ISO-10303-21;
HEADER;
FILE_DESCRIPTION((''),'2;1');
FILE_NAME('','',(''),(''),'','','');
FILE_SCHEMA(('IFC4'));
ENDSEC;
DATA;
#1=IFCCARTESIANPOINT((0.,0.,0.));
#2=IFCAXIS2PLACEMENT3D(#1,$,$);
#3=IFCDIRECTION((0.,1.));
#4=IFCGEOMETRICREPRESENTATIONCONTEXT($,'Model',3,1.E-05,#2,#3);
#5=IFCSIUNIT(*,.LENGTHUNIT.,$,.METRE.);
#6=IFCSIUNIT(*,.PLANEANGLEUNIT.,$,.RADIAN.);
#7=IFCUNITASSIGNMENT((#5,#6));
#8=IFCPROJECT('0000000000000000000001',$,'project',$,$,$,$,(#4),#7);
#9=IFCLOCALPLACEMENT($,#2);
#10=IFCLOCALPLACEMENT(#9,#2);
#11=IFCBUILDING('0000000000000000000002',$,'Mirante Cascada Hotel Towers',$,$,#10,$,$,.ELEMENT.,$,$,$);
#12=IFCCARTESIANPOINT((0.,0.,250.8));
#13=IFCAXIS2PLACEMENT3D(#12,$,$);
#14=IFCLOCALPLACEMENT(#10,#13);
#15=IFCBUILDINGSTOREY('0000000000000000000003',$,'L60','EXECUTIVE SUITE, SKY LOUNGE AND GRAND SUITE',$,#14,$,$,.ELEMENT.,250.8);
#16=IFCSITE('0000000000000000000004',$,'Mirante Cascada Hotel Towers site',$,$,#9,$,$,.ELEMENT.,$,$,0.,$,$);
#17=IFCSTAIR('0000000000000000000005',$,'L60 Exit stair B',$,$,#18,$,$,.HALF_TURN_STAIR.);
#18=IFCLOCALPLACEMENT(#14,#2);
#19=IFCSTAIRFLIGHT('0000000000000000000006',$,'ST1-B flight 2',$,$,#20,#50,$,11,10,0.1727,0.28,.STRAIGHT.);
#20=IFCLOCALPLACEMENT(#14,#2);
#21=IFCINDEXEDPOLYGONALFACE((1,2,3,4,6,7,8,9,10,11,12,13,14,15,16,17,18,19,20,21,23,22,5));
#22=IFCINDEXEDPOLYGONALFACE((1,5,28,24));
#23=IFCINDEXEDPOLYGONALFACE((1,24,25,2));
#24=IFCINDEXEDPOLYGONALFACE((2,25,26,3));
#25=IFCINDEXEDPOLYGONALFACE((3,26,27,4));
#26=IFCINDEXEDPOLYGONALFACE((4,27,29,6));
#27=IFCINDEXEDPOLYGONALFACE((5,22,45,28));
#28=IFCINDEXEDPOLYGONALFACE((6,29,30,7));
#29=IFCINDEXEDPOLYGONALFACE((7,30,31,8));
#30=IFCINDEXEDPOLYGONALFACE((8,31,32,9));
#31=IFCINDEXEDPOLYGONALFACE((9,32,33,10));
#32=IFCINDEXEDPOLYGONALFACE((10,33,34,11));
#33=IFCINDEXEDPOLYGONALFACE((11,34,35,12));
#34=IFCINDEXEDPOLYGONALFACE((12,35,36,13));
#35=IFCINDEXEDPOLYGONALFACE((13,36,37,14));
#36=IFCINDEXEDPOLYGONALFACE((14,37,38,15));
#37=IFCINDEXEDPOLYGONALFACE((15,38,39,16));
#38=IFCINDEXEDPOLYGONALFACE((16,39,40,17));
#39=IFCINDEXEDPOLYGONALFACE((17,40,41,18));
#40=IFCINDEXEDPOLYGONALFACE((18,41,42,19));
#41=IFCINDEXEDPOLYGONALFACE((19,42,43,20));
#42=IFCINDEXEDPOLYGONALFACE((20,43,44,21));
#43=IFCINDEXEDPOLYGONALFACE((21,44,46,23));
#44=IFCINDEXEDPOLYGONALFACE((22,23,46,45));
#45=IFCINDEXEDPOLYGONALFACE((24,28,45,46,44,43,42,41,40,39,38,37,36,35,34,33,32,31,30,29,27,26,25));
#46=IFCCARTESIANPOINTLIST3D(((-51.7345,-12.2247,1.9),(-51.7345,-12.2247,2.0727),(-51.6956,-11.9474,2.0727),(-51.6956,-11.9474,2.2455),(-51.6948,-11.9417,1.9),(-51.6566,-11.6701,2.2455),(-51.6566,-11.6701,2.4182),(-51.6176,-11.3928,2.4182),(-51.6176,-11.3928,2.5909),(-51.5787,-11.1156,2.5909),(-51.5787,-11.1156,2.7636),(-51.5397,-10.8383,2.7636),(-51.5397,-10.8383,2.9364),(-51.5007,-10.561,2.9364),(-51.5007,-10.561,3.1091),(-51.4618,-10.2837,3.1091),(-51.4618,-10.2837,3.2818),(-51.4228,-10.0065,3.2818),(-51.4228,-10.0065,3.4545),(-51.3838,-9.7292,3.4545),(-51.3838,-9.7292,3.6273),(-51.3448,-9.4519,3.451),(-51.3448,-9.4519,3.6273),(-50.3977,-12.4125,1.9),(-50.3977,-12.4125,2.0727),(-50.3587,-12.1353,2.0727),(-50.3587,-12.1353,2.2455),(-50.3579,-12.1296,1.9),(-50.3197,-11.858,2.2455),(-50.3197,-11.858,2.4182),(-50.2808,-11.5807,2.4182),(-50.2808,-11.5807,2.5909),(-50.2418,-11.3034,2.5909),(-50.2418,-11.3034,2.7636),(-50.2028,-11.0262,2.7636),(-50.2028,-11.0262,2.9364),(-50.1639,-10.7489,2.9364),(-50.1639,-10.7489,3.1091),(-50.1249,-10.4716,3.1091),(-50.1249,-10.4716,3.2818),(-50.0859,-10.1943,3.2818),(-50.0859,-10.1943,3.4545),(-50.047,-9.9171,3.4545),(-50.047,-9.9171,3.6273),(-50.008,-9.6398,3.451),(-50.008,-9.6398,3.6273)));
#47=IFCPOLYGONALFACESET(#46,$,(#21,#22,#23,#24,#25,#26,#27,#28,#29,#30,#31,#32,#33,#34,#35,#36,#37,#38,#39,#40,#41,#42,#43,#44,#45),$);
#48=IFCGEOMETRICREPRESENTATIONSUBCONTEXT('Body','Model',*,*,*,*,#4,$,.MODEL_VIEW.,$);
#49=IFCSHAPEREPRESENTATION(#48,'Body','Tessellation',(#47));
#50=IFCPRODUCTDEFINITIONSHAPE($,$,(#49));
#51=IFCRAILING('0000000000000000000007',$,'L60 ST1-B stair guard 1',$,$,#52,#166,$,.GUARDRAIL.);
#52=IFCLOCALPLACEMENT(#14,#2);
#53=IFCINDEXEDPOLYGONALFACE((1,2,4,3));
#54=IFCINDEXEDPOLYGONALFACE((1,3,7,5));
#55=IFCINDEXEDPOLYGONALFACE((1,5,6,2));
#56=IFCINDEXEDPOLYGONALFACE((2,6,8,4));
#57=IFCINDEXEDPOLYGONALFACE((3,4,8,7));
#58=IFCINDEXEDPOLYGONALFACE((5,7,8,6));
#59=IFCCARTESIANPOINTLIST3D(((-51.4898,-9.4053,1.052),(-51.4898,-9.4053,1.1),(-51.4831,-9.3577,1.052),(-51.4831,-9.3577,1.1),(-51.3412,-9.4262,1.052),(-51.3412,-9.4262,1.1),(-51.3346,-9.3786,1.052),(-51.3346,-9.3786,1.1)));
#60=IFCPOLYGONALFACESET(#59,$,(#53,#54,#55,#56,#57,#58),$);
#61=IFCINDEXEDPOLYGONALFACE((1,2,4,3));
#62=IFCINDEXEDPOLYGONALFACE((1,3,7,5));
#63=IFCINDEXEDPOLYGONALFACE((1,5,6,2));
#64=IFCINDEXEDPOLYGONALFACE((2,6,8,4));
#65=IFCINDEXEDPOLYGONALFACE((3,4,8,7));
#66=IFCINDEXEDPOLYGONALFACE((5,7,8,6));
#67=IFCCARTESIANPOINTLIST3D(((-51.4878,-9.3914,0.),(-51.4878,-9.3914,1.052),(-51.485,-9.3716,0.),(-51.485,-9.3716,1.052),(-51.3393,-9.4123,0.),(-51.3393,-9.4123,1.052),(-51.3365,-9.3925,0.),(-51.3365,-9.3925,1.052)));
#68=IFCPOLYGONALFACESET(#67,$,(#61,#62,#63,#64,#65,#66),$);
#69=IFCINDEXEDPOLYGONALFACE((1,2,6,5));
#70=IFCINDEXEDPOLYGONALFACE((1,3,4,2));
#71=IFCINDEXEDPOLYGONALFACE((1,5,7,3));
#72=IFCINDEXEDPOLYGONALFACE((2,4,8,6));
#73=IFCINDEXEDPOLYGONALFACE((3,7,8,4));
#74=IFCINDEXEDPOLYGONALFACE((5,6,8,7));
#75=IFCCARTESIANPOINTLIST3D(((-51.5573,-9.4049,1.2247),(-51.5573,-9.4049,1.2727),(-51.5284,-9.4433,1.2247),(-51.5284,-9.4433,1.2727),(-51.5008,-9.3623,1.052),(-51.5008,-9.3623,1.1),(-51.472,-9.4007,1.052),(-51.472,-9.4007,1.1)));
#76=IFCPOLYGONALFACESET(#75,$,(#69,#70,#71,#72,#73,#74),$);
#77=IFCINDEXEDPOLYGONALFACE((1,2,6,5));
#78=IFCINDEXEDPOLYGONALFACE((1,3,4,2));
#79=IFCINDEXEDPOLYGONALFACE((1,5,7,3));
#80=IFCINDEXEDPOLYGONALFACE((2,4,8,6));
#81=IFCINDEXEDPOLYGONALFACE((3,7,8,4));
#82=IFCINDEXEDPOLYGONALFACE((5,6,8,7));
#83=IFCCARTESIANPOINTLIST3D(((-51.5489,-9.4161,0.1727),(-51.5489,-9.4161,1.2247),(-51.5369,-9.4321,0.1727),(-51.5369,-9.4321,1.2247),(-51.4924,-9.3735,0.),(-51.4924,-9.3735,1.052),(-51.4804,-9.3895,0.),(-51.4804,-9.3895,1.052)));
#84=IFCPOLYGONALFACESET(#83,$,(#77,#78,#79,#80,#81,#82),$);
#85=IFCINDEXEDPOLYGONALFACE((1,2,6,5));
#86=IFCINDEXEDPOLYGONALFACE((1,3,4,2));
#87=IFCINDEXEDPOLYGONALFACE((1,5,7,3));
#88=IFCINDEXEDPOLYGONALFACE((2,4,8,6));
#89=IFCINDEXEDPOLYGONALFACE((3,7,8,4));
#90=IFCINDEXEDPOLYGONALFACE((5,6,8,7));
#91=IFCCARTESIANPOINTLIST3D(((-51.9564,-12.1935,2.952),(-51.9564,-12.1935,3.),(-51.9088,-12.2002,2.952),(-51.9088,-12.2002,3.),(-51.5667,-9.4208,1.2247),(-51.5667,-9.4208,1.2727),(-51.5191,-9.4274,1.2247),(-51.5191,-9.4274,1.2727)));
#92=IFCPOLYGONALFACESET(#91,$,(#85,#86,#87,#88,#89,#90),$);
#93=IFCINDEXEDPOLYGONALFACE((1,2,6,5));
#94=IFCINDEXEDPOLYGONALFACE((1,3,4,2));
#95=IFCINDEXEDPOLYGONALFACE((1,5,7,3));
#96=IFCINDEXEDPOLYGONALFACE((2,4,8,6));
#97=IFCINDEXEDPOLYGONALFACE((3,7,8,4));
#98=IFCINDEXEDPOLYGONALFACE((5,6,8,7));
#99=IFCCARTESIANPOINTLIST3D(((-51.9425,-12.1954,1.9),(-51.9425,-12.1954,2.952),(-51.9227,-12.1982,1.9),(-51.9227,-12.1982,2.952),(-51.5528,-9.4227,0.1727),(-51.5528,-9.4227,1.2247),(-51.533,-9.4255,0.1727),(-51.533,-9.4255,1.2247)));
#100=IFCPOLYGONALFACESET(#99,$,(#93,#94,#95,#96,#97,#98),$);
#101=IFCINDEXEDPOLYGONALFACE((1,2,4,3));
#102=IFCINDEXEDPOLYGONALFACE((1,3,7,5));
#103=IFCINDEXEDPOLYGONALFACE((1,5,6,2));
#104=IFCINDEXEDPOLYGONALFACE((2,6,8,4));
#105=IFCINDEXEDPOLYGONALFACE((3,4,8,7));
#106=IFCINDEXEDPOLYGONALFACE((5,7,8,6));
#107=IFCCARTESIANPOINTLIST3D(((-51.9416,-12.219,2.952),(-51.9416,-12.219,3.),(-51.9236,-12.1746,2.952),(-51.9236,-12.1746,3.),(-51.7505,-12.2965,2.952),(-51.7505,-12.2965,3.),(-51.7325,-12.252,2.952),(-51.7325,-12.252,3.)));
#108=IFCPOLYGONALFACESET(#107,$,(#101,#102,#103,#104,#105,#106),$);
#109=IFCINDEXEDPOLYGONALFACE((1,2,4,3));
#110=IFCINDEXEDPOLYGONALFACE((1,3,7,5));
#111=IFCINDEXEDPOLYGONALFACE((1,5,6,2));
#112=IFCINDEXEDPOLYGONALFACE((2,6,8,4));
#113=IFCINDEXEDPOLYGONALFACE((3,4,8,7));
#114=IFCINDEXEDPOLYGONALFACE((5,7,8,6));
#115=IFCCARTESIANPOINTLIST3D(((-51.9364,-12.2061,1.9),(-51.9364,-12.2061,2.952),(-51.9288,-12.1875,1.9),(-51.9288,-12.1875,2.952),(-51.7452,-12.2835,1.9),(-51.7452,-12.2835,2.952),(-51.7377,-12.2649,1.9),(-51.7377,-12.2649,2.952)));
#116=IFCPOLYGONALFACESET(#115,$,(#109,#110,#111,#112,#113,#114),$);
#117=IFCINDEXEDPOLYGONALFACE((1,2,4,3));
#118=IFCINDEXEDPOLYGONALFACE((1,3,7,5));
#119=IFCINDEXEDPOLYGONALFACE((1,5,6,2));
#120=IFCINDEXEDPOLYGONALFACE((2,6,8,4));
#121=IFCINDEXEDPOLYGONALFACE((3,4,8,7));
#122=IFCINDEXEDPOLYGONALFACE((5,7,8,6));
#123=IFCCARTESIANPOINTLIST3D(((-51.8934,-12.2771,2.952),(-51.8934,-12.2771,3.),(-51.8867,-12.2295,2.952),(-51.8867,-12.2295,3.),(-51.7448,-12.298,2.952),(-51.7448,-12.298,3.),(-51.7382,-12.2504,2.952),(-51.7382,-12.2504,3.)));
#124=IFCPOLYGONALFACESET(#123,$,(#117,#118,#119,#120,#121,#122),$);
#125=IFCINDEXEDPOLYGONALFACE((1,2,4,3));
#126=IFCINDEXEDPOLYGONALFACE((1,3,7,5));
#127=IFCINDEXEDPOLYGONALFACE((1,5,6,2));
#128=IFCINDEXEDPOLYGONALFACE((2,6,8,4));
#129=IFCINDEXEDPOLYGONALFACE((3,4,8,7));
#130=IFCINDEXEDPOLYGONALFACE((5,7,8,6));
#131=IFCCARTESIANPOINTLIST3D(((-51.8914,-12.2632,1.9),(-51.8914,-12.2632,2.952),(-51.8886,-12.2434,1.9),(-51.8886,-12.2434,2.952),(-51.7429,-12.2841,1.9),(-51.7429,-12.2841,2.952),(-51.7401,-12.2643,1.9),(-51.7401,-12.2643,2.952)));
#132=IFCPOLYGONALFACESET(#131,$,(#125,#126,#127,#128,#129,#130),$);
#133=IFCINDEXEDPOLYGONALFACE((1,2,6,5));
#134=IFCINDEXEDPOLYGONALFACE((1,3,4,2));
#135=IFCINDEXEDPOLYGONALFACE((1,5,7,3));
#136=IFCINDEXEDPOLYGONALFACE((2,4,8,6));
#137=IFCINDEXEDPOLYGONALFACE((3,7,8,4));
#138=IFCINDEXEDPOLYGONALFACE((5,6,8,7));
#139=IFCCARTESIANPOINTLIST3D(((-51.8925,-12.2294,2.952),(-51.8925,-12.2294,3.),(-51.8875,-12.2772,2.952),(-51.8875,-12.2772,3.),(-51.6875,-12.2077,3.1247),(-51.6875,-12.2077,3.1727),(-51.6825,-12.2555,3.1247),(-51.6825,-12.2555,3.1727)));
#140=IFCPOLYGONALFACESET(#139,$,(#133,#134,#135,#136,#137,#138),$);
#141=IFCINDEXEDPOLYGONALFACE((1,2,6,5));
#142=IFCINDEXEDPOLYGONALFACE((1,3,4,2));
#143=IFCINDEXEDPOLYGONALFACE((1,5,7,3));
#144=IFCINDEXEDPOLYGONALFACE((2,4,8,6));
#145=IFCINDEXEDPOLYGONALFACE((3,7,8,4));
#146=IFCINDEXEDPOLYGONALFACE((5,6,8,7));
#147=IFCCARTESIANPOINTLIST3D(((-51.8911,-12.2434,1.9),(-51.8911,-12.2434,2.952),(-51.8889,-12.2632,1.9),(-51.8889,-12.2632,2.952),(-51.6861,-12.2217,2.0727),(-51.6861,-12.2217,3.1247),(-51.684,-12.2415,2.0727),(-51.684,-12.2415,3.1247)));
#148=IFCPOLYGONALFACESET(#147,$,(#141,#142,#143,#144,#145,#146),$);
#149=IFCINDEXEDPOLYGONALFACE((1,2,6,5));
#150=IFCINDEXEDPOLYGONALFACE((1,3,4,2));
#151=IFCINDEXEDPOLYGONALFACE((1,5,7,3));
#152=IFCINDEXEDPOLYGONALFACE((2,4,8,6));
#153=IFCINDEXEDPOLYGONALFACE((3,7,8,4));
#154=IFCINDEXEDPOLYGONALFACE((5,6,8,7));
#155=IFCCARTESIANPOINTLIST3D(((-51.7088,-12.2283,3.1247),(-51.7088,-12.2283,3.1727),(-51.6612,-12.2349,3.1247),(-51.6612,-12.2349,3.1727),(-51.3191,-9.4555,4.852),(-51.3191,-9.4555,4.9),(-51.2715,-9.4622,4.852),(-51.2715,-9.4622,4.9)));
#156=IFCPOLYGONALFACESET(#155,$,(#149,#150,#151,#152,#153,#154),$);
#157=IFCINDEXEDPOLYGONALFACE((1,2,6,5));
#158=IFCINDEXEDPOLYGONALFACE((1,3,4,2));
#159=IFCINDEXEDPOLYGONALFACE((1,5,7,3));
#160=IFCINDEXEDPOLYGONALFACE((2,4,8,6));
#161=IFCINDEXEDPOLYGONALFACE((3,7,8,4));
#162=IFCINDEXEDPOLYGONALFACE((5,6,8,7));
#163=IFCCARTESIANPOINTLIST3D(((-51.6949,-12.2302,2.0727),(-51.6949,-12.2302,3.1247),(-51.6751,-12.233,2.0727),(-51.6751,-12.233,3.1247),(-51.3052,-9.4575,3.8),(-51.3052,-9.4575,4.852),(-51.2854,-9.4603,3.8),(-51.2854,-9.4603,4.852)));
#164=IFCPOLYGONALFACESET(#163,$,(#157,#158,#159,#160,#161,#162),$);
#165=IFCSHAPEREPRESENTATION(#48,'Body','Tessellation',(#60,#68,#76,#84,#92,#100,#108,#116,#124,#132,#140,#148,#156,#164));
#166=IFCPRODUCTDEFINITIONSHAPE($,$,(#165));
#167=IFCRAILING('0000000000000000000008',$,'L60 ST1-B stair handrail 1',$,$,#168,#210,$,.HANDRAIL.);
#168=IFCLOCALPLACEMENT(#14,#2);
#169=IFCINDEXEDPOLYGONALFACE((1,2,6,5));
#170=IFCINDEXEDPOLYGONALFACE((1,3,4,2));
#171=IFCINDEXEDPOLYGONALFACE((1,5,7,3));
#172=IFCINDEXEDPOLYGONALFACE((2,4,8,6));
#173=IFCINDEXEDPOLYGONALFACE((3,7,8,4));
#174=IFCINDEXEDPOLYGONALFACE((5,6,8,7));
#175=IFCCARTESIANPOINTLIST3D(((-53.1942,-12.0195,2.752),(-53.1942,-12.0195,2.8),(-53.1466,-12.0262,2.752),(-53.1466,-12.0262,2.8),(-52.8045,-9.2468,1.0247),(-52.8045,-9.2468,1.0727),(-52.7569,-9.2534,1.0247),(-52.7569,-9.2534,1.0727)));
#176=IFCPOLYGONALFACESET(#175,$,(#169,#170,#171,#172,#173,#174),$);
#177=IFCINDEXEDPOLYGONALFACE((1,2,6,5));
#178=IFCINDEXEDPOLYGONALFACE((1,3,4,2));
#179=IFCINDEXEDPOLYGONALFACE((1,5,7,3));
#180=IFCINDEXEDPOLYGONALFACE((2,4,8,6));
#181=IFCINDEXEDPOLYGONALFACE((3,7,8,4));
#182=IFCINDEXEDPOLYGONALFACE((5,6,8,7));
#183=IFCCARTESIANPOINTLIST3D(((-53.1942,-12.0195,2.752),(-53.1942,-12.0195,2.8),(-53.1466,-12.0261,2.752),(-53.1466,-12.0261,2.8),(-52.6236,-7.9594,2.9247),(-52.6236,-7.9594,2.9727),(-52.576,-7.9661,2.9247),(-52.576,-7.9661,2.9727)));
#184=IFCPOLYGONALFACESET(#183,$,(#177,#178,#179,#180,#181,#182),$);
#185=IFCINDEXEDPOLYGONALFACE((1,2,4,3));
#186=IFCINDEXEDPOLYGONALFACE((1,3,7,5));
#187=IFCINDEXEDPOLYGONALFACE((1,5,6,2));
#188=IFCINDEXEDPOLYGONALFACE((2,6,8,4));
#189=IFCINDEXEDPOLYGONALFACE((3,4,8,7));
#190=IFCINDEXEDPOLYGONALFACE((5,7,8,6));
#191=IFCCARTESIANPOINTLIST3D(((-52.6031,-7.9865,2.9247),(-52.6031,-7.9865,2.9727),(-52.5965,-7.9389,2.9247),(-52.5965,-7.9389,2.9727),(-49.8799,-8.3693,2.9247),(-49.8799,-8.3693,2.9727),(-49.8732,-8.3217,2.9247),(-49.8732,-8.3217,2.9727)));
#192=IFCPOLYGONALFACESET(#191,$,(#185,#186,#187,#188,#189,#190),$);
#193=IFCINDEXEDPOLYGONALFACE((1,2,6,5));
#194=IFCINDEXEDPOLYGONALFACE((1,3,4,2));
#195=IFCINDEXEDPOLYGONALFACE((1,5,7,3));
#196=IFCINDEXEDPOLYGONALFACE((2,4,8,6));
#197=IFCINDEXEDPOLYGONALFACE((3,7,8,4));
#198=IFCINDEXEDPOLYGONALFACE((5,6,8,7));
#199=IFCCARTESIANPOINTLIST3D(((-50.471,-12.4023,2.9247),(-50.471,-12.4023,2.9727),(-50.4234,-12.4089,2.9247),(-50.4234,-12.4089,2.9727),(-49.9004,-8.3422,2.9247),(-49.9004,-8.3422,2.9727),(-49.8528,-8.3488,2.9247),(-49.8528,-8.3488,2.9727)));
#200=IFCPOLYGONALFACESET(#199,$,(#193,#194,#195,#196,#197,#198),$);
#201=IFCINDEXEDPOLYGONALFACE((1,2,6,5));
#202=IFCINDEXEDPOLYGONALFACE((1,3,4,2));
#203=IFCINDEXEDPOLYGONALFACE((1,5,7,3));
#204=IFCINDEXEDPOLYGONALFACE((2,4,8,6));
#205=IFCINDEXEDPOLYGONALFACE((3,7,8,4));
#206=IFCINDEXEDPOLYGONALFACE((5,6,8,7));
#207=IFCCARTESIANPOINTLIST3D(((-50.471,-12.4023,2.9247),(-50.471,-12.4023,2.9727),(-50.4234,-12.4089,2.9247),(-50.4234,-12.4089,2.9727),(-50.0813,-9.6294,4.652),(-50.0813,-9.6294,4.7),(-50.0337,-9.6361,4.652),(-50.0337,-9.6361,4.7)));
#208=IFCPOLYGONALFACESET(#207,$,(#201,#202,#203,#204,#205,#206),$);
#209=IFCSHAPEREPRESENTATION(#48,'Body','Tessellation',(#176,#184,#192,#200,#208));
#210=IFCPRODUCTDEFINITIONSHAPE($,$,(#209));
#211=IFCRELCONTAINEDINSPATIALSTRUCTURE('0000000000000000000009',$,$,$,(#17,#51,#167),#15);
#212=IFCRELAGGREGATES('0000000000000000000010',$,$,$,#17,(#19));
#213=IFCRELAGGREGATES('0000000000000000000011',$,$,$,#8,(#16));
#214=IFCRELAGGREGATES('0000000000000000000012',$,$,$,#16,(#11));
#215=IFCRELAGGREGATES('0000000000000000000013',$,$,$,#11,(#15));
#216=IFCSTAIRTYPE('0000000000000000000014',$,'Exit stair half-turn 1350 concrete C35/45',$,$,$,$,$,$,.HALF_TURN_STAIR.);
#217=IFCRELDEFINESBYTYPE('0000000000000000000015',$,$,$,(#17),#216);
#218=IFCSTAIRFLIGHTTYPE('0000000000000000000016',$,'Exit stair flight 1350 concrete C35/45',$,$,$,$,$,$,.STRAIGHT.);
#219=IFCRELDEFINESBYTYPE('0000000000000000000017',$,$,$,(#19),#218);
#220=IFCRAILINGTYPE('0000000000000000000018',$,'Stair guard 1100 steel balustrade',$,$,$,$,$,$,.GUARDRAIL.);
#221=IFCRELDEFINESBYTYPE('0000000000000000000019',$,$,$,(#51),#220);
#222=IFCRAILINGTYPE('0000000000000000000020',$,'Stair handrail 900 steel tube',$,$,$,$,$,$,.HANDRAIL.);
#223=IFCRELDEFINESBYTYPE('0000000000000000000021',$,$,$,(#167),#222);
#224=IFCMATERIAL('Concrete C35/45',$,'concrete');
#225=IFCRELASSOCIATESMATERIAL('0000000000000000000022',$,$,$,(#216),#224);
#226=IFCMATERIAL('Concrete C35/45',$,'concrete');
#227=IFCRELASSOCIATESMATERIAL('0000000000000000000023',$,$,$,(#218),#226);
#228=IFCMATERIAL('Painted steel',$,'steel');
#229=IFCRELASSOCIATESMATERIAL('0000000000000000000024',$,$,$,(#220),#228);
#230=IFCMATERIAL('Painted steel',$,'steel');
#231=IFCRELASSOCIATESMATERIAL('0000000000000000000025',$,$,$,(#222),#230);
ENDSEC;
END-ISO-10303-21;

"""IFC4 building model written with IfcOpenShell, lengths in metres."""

from ifc_helpers import new_model, si_unit, direction, frame, origin, origin_2d, place, context, subcontext, project, spatial, polyline, rectangle, outline, extrude, material, type_object, element, aggregate, save


model = new_model("IFC4")

# Units and contexts
model_context = context("Model", 3, precision=1e-05, world=origin(), true_north=direction((0.0, 1.0)))
body_context = subcontext(model_context, "Body", "Model", "MODEL_VIEW")
ifc_project = project(units=[si_unit("LENGTHUNIT", "METRE"), si_unit("PLANEANGLEUNIT", "RADIAN")], contexts=[model_context])

# Site, building, storey
site_placement = place(None, origin())
site = spatial("IfcSite", under=ifc_project, at=site_placement, Name="Mirante Cascada Hotel Towers site", CompositionType="ELEMENT", RefElevation=0.0)
building_placement = place(site_placement, origin())
building = spatial("IfcBuilding", under=site, at=building_placement, Name="Mirante Cascada Hotel Towers", CompositionType="ELEMENT")
storey_placement = place(building_placement, frame((0.0, 0.0, 250.8)))
storey = spatial("IfcBuildingStorey", under=building, at=storey_placement, Name="L60", Description="EXECUTIVE SUITE, SKY LOUNGE AND GRAND SUITE", CompositionType="ELEMENT", Elevation=250.8)

# Stair, stair flight
ifc_material_1 = material(Name="Concrete C35/45", Category="concrete")
stair_type = type_object("IfcStairType", Name="Exit stair half-turn 1350 concrete C35/45", PredefinedType="HALF_TURN_STAIR", material=ifc_material_1)
stair_placement = place(storey_placement, origin())
stair = element("IfcStair", 1, at=stair_placement, inside=storey, type_object=stair_type, Name="L60 Exit stair B", PredefinedType="HALF_TURN_STAIR")
ifc_material_2 = material(Name="Concrete C35/45", Category="concrete")
stair_flight_type = type_object("IfcStairFlightType", Name="Exit stair flight 1350 concrete C35/45", PredefinedType="STRAIGHT", material=ifc_material_2)
stair_flight_1_placement = place(storey_placement, frame((-51.0661, -12.3186, 1.9), z_axis=(0.0, 0.0, 1.0), x_axis=(0.139173, 0.990268, 0.0)))
stair_flight_1 = element("IfcStairFlight", 2, at=stair_flight_1_placement, type_object=stair_flight_type, Name="ST1-B flight 2", NumberOfRisers=11, NumberOfTreads=10, PredefinedType="STRAIGHT", RiserHeight=0.1727, TreadLength=0.28, context=body_context, shape_type="SweptSolid", body=[
    extrude(outline(polyline([(0.0, 0.0), (0.0, 0.1727), (0.28, 0.1727), (0.28, 0.3455), (0.56, 0.3455), (0.56, 0.5182), (0.84, 0.5182), (0.84, 0.6909), (1.12, 0.6909), (1.12, 0.8636), (1.4, 0.8636), (1.4, 1.0364), (1.68, 1.0364), (1.68, 1.2091), (1.96, 1.2091), (1.96, 1.3818), (2.24, 1.3818), (2.24, 1.5545), (2.52, 1.5545), (2.52, 1.7273), (2.8, 1.7273), (2.8, 1.9), (2.8, 1.551), (0.2857, 0.0), (0.0, 0.0)])), frame((0.0, 0.675, 0.0), z_axis=(0.0, -1.0, 0.0), x_axis=(1.0, 0.0, 0.0)), (0.0, 0.0, 1.0), 1.35),
])
aggregate(stair, [stair_flight_1])

# Railings
ifc_material_3 = material(Name="Painted steel", Category="steel")
railing_type_1 = type_object("IfcRailingType", Name="Stair guard 1100 steel balustrade", PredefinedType="GUARDRAIL", material=ifc_material_3)
railing_1_placement = place(storey_placement, frame((-51.3379, -9.4024, 0.0)))
element("IfcRailing", 3, at=railing_1_placement, inside=storey, type_object=railing_type_1, Name="L60 ST1-B stair guard 1", PredefinedType="GUARDRAIL", context=body_context, shape_type="SweptSolid", body=[
    extrude(rectangle(XDim=0.048, YDim=0.048, at=origin_2d()), frame((0.0, 0.0, 1.076), z_axis=(-0.990241, 0.139367, 0.0), x_axis=(-0.139367, -0.990241, 0.0)), (0.0, 0.0, 1.0), 0.15),
    extrude(rectangle(XDim=0.02, YDim=1.052, at=origin_2d()), frame((0.0, 0.0, 0.526), z_axis=(-0.990241, 0.139367, 0.0), x_axis=(-0.139367, -0.990241, 0.0)), (0.0, 0.0, 1.0), 0.15),
    extrude(rectangle(XDim=0.048, YDim=0.048, at=origin_2d()), frame((-0.1485, 0.0209, 1.076), z_axis=(-0.798471, -0.602033, 0.0), x_axis=(0.602033, -0.798471, 0.0)), (0.0, 0.92534, 0.379139), 0.1866),
    extrude(rectangle(XDim=0.02, YDim=1.052, at=origin_2d()), frame((-0.1485, 0.0209, 0.526), z_axis=(-0.798471, -0.602033, 0.0), x_axis=(0.602033, -0.798471, 0.0)), (0.0, 0.92534, 0.379139), 0.1866),
    extrude(rectangle(XDim=0.048, YDim=0.048, at=origin_2d()), frame((-0.205, -0.0217, 1.2487), z_axis=(-0.139181, -0.990267, 0.0), x_axis=(0.990267, -0.139181, 0.0)), (0.0, 0.525035, 0.851081), 3.2899),
    extrude(rectangle(XDim=0.02, YDim=1.052, at=origin_2d()), frame((-0.205, -0.0217, 0.6987), z_axis=(-0.139181, -0.990267, 0.0), x_axis=(0.990267, -0.139181, 0.0)), (0.0, 0.525035, 0.851081), 3.2899),
    extrude(rectangle(XDim=0.048, YDim=0.048, at=origin_2d()), frame((-0.5947, -2.7944, 2.976), z_axis=(0.926862, -0.375401, 0.0), x_axis=(0.375401, 0.926862, 0.0)), (0.0, 0.0, 1.0), 0.2062),
    extrude(rectangle(XDim=0.02, YDim=1.052, at=origin_2d()), frame((-0.5947, -2.7944, 2.426), z_axis=(0.926862, -0.375401, 0.0), x_axis=(0.375401, 0.926862, 0.0)), (0.0, 0.0, 1.0), 0.2062),
    extrude(rectangle(XDim=0.048, YDim=0.048, at=origin_2d()), frame((-0.4036, -2.8718, 2.976), z_axis=(-0.990241, 0.139367, 0.0), x_axis=(-0.139367, -0.990241, 0.0)), (0.0, 0.0, 1.0), 0.15),
    extrude(rectangle(XDim=0.02, YDim=1.052, at=origin_2d()), frame((-0.4036, -2.8718, 2.426), z_axis=(-0.990241, 0.139367, 0.0), x_axis=(-0.139367, -0.990241, 0.0)), (0.0, 0.0, 1.0), 0.15),
    extrude(rectangle(XDim=0.048, YDim=0.048, at=origin_2d()), frame((-0.5521, -2.8509, 2.976), z_axis=(0.994444, 0.105266, 0.0), x_axis=(-0.105266, 0.994444, 0.0)), (0.0, 0.642184, 0.76655), 0.2689),
    extrude(rectangle(XDim=0.02, YDim=1.052, at=origin_2d()), frame((-0.5521, -2.8509, 2.426), z_axis=(0.994444, 0.105266, 0.0), x_axis=(-0.105266, 0.994444, 0.0)), (0.0, 0.642184, 0.76655), 0.2689),
    extrude(rectangle(XDim=0.048, YDim=0.048, at=origin_2d()), frame((-0.3471, -2.8292, 3.1487), z_axis=(0.139181, 0.990267, 0.0), x_axis=(-0.990267, 0.139181, 0.0)), (0.0, 0.525035, 0.851081), 3.2899),
    extrude(rectangle(XDim=0.02, YDim=1.052, at=origin_2d()), frame((-0.3471, -2.8292, 2.5987), z_axis=(0.139181, 0.990267, 0.0), x_axis=(-0.990267, 0.139181, 0.0)), (0.0, 0.525035, 0.851081), 3.2899),
])
ifc_material_4 = material(Name="Painted steel", Category="steel")
railing_type_2 = type_object("IfcRailingType", Name="Stair handrail 900 steel tube", PredefinedType="HANDRAIL", material=ifc_material_4)
railing_2_placement = place(storey_placement, frame((-52.7807, -9.2501, 0.1727)))
element("IfcRailing", 4, at=railing_2_placement, inside=storey, type_object=railing_type_2, Name="L60 ST1-B stair handrail 1", PredefinedType="HANDRAIL", context=body_context, shape_type="SweptSolid", body=[
    extrude(rectangle(XDim=0.048, YDim=0.048, at=origin_2d()), frame((0.0, 0.0, 0.876), z_axis=(-0.139181, -0.990267, 0.0), x_axis=(0.990267, -0.139181, 0.0)), (0.0, 0.525035, 0.851081), 3.2899),
    extrude(rectangle(XDim=0.048, YDim=0.048, at=origin_2d()), frame((-0.3897, -2.7727, 2.6033), z_axis=(0.139171, 0.990268, 0.0), x_axis=(-0.990268, 0.139171, 0.0)), (0.0, 0.042085, 0.999114), 4.1036),
    extrude(rectangle(XDim=0.048, YDim=0.048, at=origin_2d()), frame((0.1809, 1.2874, 2.776), z_axis=(0.990264, -0.139201, 0.0), x_axis=(0.139201, 0.990264, 0.0)), (0.0, 0.0, 1.0), 2.75),
    extrude(rectangle(XDim=0.048, YDim=0.048, at=origin_2d()), frame((2.9041, 0.9046, 2.776), z_axis=(-0.139171, -0.990268, 0.0), x_axis=(0.990268, -0.139171, 0.0)), (0.0, 0.0, 1.0), 4.1),
    extrude(rectangle(XDim=0.048, YDim=0.048, at=origin_2d()), frame((2.3335, -3.1555, 2.776), z_axis=(0.139176, 0.990268, 0.0), x_axis=(-0.990268, 0.139176, 0.0)), (0.0, 0.525021, 0.851089), 3.29),
])

save(model, "model.ifc")
